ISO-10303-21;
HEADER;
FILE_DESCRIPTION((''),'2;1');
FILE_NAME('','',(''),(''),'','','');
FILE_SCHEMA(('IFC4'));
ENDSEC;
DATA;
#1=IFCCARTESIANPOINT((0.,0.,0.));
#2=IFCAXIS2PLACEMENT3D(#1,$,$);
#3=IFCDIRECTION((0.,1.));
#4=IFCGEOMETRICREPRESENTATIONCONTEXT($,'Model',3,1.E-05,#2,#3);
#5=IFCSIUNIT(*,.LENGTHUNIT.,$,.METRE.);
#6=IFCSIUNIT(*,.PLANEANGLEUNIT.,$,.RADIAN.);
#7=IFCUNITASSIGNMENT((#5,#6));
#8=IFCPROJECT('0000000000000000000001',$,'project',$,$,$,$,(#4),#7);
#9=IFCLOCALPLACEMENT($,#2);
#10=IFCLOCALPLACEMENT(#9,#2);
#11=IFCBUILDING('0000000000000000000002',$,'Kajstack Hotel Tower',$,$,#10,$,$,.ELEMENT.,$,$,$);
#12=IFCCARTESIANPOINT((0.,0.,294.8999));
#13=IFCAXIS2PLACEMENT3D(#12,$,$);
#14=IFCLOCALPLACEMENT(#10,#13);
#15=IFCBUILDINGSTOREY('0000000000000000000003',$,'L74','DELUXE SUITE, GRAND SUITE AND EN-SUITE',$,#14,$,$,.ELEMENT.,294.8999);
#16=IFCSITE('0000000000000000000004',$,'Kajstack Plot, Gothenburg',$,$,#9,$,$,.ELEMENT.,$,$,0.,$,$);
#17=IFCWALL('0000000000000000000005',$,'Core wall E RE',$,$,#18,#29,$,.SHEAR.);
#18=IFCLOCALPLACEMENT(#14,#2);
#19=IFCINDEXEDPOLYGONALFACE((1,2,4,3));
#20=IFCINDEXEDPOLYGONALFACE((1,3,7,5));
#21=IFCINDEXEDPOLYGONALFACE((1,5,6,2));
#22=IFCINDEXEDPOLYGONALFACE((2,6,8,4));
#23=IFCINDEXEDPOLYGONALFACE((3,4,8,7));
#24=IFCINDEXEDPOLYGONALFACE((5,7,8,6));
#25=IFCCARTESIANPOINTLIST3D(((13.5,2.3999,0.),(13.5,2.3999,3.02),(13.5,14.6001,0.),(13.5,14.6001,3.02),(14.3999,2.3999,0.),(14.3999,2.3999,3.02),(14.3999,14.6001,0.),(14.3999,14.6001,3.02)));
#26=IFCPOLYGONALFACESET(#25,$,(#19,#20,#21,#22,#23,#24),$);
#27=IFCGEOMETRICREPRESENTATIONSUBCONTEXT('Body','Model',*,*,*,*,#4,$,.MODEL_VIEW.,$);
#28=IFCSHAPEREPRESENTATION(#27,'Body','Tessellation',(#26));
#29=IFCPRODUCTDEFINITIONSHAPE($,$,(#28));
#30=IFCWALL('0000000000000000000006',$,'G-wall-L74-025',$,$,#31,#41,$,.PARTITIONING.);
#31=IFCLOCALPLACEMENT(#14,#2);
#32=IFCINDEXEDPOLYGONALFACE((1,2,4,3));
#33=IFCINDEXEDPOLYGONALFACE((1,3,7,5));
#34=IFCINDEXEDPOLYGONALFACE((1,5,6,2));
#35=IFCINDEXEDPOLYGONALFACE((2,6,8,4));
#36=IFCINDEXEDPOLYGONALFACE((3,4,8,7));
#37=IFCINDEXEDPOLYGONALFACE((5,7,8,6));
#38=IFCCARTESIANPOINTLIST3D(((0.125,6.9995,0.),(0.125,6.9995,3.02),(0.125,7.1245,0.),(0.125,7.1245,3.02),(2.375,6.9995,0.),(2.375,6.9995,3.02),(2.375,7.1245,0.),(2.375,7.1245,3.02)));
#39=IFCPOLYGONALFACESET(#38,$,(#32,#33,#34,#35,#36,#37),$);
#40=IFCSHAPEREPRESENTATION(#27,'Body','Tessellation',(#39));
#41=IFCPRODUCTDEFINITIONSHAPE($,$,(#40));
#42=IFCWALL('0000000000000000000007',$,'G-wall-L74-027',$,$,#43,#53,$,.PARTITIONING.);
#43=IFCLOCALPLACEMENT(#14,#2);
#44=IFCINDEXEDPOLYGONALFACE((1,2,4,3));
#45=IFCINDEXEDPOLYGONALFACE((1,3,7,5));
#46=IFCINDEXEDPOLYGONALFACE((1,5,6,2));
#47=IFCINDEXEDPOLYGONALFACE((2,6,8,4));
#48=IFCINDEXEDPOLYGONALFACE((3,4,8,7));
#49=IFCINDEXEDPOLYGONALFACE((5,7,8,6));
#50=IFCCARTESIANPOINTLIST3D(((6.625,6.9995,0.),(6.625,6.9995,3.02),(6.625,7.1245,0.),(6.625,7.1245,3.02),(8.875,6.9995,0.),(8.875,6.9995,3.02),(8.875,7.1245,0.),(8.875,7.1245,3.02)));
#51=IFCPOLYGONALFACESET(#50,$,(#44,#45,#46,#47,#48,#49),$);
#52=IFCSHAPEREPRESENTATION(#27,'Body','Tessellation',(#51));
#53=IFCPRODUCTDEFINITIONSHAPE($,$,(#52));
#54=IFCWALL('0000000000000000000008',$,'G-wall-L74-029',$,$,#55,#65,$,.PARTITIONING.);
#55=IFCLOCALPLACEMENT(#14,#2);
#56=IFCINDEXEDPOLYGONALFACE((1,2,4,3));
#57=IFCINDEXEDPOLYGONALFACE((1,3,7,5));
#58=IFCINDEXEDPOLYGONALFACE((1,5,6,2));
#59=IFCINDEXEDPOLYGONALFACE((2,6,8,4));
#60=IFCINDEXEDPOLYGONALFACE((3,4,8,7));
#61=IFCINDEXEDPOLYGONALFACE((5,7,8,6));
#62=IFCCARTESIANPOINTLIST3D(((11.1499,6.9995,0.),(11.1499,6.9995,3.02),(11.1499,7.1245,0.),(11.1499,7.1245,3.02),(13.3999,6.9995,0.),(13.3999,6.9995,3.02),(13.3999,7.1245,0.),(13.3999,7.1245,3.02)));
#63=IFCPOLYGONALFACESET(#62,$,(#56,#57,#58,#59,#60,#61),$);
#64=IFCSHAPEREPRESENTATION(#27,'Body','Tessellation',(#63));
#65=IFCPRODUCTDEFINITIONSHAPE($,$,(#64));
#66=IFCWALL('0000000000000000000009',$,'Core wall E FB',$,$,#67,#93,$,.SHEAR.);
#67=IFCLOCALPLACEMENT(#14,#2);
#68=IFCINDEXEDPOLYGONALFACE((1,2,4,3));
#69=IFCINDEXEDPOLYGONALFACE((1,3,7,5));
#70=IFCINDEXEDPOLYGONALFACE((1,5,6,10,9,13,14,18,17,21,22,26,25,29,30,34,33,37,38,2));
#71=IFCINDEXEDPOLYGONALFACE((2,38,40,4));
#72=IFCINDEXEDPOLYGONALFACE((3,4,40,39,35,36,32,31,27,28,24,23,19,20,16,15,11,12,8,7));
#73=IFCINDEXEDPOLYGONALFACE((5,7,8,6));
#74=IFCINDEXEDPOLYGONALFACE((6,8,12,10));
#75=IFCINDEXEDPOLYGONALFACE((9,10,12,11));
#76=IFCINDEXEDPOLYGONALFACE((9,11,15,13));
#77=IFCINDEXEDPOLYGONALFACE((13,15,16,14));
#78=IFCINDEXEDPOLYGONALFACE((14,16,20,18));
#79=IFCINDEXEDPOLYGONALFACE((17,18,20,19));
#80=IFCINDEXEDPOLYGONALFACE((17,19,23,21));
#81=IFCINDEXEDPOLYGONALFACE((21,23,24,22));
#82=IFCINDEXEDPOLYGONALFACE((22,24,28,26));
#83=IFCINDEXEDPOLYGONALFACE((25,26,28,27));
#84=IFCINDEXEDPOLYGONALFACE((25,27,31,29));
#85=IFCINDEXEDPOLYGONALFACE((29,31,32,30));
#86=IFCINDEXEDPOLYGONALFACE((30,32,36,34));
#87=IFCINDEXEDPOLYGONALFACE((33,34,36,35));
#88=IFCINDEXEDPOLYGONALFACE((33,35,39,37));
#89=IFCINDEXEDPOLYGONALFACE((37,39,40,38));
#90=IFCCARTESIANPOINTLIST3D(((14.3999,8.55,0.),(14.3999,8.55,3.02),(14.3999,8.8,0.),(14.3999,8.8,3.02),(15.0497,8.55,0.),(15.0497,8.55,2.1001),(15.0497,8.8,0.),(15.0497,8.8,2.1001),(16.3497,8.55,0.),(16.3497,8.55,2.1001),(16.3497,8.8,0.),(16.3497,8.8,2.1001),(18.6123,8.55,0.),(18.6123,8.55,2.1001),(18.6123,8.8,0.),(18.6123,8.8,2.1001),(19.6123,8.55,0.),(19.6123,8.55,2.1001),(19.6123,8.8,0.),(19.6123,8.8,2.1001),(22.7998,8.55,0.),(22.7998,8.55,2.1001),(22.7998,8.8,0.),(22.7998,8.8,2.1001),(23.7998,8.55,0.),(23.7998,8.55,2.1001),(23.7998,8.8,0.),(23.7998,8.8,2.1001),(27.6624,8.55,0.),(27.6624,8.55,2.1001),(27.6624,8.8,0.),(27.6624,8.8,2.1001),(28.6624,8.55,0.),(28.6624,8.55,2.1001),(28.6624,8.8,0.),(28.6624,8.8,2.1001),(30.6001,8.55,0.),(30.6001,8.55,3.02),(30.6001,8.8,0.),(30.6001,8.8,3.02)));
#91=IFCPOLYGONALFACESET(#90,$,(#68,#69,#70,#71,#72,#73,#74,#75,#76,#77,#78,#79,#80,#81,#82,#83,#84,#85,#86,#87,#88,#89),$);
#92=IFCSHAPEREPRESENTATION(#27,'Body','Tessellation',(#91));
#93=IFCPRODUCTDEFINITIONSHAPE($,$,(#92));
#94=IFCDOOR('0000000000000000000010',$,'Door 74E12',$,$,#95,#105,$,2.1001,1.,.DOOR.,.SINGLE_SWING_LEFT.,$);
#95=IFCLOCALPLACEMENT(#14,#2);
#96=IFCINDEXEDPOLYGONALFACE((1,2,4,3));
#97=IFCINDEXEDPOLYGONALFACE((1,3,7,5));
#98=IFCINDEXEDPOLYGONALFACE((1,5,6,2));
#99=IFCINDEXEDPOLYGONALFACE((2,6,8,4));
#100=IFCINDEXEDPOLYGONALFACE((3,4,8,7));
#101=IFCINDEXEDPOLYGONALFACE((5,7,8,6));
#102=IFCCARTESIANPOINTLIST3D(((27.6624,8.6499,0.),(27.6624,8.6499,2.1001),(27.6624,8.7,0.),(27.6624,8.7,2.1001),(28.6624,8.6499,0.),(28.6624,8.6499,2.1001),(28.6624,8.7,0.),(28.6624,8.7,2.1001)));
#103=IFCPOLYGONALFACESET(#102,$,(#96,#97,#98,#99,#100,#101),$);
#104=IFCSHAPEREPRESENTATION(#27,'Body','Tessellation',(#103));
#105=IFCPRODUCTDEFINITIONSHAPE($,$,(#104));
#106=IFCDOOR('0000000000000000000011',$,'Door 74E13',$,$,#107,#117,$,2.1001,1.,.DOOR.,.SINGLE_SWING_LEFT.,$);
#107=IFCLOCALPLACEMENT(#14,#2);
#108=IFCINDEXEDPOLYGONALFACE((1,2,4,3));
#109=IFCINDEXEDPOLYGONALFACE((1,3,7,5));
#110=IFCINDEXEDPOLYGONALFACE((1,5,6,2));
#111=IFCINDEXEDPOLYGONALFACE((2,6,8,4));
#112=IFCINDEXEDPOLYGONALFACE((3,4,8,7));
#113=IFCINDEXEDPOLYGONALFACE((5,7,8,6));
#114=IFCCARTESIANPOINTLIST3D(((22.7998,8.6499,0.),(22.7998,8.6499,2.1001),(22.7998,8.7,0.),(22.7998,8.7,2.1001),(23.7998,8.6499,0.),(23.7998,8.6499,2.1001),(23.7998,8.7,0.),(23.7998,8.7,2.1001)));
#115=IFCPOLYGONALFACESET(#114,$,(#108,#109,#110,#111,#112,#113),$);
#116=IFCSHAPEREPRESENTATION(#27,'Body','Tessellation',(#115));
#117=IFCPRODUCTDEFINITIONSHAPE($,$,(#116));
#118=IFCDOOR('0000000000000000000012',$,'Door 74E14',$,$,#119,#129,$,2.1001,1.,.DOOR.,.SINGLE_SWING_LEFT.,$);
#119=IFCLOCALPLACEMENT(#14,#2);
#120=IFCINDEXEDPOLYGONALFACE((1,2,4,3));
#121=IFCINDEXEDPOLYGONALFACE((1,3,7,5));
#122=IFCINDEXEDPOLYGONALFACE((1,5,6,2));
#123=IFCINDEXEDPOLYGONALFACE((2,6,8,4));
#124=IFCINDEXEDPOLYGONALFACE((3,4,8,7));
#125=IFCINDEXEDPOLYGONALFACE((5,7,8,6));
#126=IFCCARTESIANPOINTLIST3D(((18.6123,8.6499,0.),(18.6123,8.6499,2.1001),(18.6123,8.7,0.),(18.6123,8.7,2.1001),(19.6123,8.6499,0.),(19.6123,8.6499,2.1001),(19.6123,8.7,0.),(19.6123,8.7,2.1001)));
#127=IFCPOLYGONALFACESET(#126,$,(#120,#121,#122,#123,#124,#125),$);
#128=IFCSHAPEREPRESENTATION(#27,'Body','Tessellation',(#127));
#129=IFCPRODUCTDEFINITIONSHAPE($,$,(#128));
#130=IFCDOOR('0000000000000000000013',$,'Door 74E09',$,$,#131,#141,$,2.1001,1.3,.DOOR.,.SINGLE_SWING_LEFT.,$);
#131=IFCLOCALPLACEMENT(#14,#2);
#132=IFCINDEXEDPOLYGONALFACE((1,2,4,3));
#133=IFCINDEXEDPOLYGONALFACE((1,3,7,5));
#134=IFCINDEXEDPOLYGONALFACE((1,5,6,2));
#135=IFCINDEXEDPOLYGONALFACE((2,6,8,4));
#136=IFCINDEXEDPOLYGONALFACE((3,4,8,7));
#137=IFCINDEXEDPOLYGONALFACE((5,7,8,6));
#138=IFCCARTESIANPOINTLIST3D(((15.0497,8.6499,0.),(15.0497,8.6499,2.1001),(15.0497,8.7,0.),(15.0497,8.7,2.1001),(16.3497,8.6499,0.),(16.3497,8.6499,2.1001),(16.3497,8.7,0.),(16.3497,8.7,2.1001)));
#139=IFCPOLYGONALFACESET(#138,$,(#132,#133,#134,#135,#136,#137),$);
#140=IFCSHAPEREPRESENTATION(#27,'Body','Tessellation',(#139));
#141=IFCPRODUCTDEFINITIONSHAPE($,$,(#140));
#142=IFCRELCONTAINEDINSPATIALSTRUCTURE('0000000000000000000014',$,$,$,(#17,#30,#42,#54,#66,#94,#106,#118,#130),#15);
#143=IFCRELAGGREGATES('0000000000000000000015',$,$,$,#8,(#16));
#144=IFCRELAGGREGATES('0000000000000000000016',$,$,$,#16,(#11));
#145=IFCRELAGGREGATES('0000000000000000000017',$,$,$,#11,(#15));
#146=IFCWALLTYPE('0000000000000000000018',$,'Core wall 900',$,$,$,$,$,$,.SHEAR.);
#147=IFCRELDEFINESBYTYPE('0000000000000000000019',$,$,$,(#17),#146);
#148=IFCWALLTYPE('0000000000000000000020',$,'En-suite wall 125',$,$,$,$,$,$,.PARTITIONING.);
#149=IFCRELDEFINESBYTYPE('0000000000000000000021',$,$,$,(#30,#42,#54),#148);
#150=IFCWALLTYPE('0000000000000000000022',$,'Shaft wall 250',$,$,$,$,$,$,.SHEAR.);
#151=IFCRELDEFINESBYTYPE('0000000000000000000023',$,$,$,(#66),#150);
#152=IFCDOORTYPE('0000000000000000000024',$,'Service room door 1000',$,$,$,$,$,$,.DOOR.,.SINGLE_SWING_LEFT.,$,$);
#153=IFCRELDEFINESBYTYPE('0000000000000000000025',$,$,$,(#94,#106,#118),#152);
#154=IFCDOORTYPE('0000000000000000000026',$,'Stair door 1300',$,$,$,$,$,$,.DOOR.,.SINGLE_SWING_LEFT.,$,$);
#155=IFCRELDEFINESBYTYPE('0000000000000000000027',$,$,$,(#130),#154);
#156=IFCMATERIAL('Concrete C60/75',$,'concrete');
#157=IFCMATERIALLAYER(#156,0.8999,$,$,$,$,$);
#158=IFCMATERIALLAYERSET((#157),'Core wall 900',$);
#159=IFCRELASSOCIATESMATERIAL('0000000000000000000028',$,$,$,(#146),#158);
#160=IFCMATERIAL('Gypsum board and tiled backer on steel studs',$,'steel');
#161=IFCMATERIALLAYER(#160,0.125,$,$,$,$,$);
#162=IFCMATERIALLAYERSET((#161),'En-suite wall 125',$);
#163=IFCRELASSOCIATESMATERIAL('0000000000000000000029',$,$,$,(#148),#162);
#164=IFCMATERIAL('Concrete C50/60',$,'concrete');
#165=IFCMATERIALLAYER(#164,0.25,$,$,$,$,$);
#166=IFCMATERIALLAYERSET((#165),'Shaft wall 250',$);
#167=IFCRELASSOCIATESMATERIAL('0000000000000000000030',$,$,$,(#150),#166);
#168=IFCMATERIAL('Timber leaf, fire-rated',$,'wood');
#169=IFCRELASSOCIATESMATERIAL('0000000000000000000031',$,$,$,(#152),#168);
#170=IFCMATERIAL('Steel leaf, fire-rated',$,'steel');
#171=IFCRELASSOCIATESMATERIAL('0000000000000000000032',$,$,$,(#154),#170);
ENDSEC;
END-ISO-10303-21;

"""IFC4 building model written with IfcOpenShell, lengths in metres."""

from ifc_helpers import new_model, si_unit, direction, frame, frame_2d, origin, place, context, subcontext, project, spatial, rectangle, extrude, material, layer, layer_set, type_object, element, fill, save


model = new_model("IFC4")

# Units and contexts
model_context = context("Model", 3, precision=1e-05, world=origin(), true_north=direction((0.0, 1.0)))
body_context = subcontext(model_context, "Body", "Model", "MODEL_VIEW")
ifc_project = project(units=[si_unit("LENGTHUNIT", "METRE"), si_unit("PLANEANGLEUNIT", "RADIAN")], contexts=[model_context])

# Site, building, storey
site_placement = place(None, origin())
site = spatial("IfcSite", under=ifc_project, at=site_placement, Name="Kajstack Plot, Gothenburg", CompositionType="ELEMENT", RefElevation=0.0)
building_placement = place(site_placement, origin())
building = spatial("IfcBuilding", under=site, at=building_placement, Name="Kajstack Hotel Tower", CompositionType="ELEMENT")
storey_placement = place(building_placement, frame((0.0, 0.0, 294.8999)))
storey = spatial("IfcBuildingStorey", under=building, at=storey_placement, Name="L74", Description="DELUXE SUITE, GRAND SUITE AND EN-SUITE", CompositionType="ELEMENT", Elevation=294.8999)

# Walls
ifc_material_1 = material(Name="Concrete C60/75", Category="concrete")
ifc_layer_1 = layer(ifc_material_1, 0.8999)
ifc_layer_set_1 = layer_set([ifc_layer_1], Name="Core wall 900")
wall_type_1 = type_object("IfcWallType", Name="Core wall 900", PredefinedType="SHEAR", material=ifc_layer_set_1)
wall_1_placement = place(storey_placement, frame((13.95, 2.3999, 0.0), z_axis=(0.0, 0.0, 1.0), x_axis=(0.0, 1.0, 0.0)))
element("IfcWall", 1, at=wall_1_placement, inside=storey, type_object=wall_type_1, Name="Core wall E RE", PredefinedType="SHEAR", context=body_context, shape_type="SweptSolid", body=[
    extrude(rectangle(XDim=12.2002, YDim=0.8999, at=frame_2d((6.1001, 0.0))), origin(), (0.0, 0.0, 1.0), 3.02),
])
ifc_material_2 = material(Name="Gypsum board and tiled backer on steel studs", Category="steel")
ifc_layer_2 = layer(ifc_material_2, 0.125)
ifc_layer_set_2 = layer_set([ifc_layer_2], Name="En-suite wall 125")
wall_type_2 = type_object("IfcWallType", Name="En-suite wall 125", PredefinedType="PARTITIONING", material=ifc_layer_set_2)
for number, where, z_axis, x_axis, name in (
    (2, (0.125, 7.062, 0.0), (0.0, 0.0, 1.0), (1.0, 0.0, 0.0), "G-wall-L74-025"),
    (3, (6.625, 7.062, 0.0), (0.0, 0.0, 1.0), (1.0, 0.0, 0.0), "G-wall-L74-027"),
    (4, (11.1499, 7.062, 0.0), (0.0, 0.0, 1.0), (1.0, 0.0, 0.0), "G-wall-L74-029"),
):
    element("IfcWall", number, at=place(storey_placement, frame(where, z_axis=z_axis, x_axis=x_axis)), inside=storey, type_object=wall_type_2, Name=name, PredefinedType="PARTITIONING", context=body_context, shape_type="SweptSolid", body=[
        extrude(rectangle(XDim=2.25, YDim=0.125, at=frame_2d((1.125, 0.0))), origin(), (0.0, 0.0, 1.0), 3.02),
    ])

# Wall, openings, doors
ifc_material_3 = material(Name="Concrete C50/60", Category="concrete")
ifc_layer_3 = layer(ifc_material_3, 0.25)
ifc_layer_set_3 = layer_set([ifc_layer_3], Name="Shaft wall 250")
wall_type_3 = type_object("IfcWallType", Name="Shaft wall 250", PredefinedType="SHEAR", material=ifc_layer_set_3)
wall_2_placement = place(storey_placement, frame((14.3999, 8.675, 0.0), z_axis=(0.0, 0.0, 1.0), x_axis=(1.0, 0.0, 0.0)))
wall_2 = element("IfcWall", 5, at=wall_2_placement, inside=storey, type_object=wall_type_3, Name="Core wall E FB", PredefinedType="SHEAR", context=body_context, shape_type="SweptSolid", body=[
    extrude(rectangle(XDim=16.2002, YDim=0.25, at=frame_2d((8.1001, 0.0))), origin(), (0.0, 0.0, 1.0), 3.02),
])
opening_1_placement = place(wall_2_placement, frame((0.6499, 0.0, 0.0)))
opening_1 = element("IfcOpeningElement", 6, at=opening_1_placement, cuts=wall_2, PredefinedType="OPENING", context=body_context, shape_type="SweptSolid", body=[
    extrude(rectangle(XDim=1.3, YDim=2.1001, at=frame_2d((0.6499, 1.05))), frame((0.0, 0.135, 0.0), z_axis=(0.0, -1.0, 0.0), x_axis=(1.0, 0.0, 0.0)), (0.0, 0.0, 1.0), 0.27),
])
opening_2_placement = place(wall_2_placement, frame((13.2625, 0.0, 0.0)))
opening_2 = element("IfcOpeningElement", 7, at=opening_2_placement, cuts=wall_2, PredefinedType="OPENING", context=body_context, shape_type="SweptSolid", body=[
    extrude(rectangle(XDim=1.0, YDim=2.1001, at=frame_2d((0.5, 1.05))), frame((0.0, 0.135, 0.0), z_axis=(0.0, -1.0, 0.0), x_axis=(1.0, 0.0, 0.0)), (0.0, 0.0, 1.0), 0.27),
])
opening_3_placement = place(wall_2_placement, frame((8.3999, 0.0, 0.0)))
opening_3 = element("IfcOpeningElement", 8, at=opening_3_placement, cuts=wall_2, PredefinedType="OPENING", context=body_context, shape_type="SweptSolid", body=[
    extrude(rectangle(XDim=1.0, YDim=2.1001, at=frame_2d((0.5, 1.05))), frame((0.0, 0.135, 0.0), z_axis=(0.0, -1.0, 0.0), x_axis=(1.0, 0.0, 0.0)), (0.0, 0.0, 1.0), 0.27),
])
opening_4_placement = place(wall_2_placement, frame((4.2124, 0.0, 0.0)))
opening_4 = element("IfcOpeningElement", 9, at=opening_4_placement, cuts=wall_2, PredefinedType="OPENING", context=body_context, shape_type="SweptSolid", body=[
    extrude(rectangle(XDim=1.0, YDim=2.1001, at=frame_2d((0.5, 1.05))), frame((0.0, 0.135, 0.0), z_axis=(0.0, -1.0, 0.0), x_axis=(1.0, 0.0, 0.0)), (0.0, 0.0, 1.0), 0.27),
])
ifc_material_4 = material(Name="Timber leaf, fire-rated", Category="wood")
door_type_1 = type_object("IfcDoorType", Name="Service room door 1000", OperationType="SINGLE_SWING_LEFT", PredefinedType="DOOR", material=ifc_material_4)
door_1_placement = place(opening_2_placement, origin())
door_1 = element("IfcDoor", 10, at=door_1_placement, inside=storey, type_object=door_type_1, Name="Door 74E12", OperationType="SINGLE_SWING_LEFT", OverallHeight=2.1001, OverallWidth=1.0, PredefinedType="DOOR", context=body_context, shape_type="SweptSolid", body=[
    extrude(rectangle(XDim=1.0, YDim=2.1001, at=frame_2d((0.5, 1.05))), frame((0.0, 0.0249, 0.0), z_axis=(0.0, -1.0, 0.0), x_axis=(1.0, 0.0, 0.0)), (0.0, 0.0, 1.0), 0.05),
])
fill(opening_2, door_1)
door_2_placement = place(opening_3_placement, origin())
door_2 = element("IfcDoor", 11, at=door_2_placement, inside=storey, type_object=door_type_1, Name="Door 74E13", OperationType="SINGLE_SWING_LEFT", OverallHeight=2.1001, OverallWidth=1.0, PredefinedType="DOOR", context=body_context, shape_type="SweptSolid", body=[
    extrude(rectangle(XDim=1.0, YDim=2.1001, at=frame_2d((0.5, 1.05))), frame((0.0, 0.0249, 0.0), z_axis=(0.0, -1.0, 0.0), x_axis=(1.0, 0.0, 0.0)), (0.0, 0.0, 1.0), 0.05),
])
fill(opening_3, door_2)
door_3_placement = place(opening_4_placement, origin())
door_3 = element("IfcDoor", 12, at=door_3_placement, inside=storey, type_object=door_type_1, Name="Door 74E14", OperationType="SINGLE_SWING_LEFT", OverallHeight=2.1001, OverallWidth=1.0, PredefinedType="DOOR", context=body_context, shape_type="SweptSolid", body=[
    extrude(rectangle(XDim=1.0, YDim=2.1001, at=frame_2d((0.5, 1.05))), frame((0.0, 0.0249, 0.0), z_axis=(0.0, -1.0, 0.0), x_axis=(1.0, 0.0, 0.0)), (0.0, 0.0, 1.0), 0.05),
])
fill(opening_4, door_3)
ifc_material_5 = material(Name="Steel leaf, fire-rated", Category="steel")
door_type_2 = type_object("IfcDoorType", Name="Stair door 1300", OperationType="SINGLE_SWING_LEFT", PredefinedType="DOOR", material=ifc_material_5)
door_4_placement = place(opening_1_placement, origin())
door_4 = element("IfcDoor", 13, at=door_4_placement, inside=storey, type_object=door_type_2, Name="Door 74E09", OperationType="SINGLE_SWING_LEFT", OverallHeight=2.1001, OverallWidth=1.3, PredefinedType="DOOR", context=body_context, shape_type="SweptSolid", body=[
    extrude(rectangle(XDim=1.3, YDim=2.1001, at=frame_2d((0.6499, 1.05))), frame((0.0, 0.0249, 0.0), z_axis=(0.0, -1.0, 0.0), x_axis=(1.0, 0.0, 0.0)), (0.0, 0.0, 1.0), 0.05),
])
fill(opening_1, door_4)

save(model, "model.ifc")
